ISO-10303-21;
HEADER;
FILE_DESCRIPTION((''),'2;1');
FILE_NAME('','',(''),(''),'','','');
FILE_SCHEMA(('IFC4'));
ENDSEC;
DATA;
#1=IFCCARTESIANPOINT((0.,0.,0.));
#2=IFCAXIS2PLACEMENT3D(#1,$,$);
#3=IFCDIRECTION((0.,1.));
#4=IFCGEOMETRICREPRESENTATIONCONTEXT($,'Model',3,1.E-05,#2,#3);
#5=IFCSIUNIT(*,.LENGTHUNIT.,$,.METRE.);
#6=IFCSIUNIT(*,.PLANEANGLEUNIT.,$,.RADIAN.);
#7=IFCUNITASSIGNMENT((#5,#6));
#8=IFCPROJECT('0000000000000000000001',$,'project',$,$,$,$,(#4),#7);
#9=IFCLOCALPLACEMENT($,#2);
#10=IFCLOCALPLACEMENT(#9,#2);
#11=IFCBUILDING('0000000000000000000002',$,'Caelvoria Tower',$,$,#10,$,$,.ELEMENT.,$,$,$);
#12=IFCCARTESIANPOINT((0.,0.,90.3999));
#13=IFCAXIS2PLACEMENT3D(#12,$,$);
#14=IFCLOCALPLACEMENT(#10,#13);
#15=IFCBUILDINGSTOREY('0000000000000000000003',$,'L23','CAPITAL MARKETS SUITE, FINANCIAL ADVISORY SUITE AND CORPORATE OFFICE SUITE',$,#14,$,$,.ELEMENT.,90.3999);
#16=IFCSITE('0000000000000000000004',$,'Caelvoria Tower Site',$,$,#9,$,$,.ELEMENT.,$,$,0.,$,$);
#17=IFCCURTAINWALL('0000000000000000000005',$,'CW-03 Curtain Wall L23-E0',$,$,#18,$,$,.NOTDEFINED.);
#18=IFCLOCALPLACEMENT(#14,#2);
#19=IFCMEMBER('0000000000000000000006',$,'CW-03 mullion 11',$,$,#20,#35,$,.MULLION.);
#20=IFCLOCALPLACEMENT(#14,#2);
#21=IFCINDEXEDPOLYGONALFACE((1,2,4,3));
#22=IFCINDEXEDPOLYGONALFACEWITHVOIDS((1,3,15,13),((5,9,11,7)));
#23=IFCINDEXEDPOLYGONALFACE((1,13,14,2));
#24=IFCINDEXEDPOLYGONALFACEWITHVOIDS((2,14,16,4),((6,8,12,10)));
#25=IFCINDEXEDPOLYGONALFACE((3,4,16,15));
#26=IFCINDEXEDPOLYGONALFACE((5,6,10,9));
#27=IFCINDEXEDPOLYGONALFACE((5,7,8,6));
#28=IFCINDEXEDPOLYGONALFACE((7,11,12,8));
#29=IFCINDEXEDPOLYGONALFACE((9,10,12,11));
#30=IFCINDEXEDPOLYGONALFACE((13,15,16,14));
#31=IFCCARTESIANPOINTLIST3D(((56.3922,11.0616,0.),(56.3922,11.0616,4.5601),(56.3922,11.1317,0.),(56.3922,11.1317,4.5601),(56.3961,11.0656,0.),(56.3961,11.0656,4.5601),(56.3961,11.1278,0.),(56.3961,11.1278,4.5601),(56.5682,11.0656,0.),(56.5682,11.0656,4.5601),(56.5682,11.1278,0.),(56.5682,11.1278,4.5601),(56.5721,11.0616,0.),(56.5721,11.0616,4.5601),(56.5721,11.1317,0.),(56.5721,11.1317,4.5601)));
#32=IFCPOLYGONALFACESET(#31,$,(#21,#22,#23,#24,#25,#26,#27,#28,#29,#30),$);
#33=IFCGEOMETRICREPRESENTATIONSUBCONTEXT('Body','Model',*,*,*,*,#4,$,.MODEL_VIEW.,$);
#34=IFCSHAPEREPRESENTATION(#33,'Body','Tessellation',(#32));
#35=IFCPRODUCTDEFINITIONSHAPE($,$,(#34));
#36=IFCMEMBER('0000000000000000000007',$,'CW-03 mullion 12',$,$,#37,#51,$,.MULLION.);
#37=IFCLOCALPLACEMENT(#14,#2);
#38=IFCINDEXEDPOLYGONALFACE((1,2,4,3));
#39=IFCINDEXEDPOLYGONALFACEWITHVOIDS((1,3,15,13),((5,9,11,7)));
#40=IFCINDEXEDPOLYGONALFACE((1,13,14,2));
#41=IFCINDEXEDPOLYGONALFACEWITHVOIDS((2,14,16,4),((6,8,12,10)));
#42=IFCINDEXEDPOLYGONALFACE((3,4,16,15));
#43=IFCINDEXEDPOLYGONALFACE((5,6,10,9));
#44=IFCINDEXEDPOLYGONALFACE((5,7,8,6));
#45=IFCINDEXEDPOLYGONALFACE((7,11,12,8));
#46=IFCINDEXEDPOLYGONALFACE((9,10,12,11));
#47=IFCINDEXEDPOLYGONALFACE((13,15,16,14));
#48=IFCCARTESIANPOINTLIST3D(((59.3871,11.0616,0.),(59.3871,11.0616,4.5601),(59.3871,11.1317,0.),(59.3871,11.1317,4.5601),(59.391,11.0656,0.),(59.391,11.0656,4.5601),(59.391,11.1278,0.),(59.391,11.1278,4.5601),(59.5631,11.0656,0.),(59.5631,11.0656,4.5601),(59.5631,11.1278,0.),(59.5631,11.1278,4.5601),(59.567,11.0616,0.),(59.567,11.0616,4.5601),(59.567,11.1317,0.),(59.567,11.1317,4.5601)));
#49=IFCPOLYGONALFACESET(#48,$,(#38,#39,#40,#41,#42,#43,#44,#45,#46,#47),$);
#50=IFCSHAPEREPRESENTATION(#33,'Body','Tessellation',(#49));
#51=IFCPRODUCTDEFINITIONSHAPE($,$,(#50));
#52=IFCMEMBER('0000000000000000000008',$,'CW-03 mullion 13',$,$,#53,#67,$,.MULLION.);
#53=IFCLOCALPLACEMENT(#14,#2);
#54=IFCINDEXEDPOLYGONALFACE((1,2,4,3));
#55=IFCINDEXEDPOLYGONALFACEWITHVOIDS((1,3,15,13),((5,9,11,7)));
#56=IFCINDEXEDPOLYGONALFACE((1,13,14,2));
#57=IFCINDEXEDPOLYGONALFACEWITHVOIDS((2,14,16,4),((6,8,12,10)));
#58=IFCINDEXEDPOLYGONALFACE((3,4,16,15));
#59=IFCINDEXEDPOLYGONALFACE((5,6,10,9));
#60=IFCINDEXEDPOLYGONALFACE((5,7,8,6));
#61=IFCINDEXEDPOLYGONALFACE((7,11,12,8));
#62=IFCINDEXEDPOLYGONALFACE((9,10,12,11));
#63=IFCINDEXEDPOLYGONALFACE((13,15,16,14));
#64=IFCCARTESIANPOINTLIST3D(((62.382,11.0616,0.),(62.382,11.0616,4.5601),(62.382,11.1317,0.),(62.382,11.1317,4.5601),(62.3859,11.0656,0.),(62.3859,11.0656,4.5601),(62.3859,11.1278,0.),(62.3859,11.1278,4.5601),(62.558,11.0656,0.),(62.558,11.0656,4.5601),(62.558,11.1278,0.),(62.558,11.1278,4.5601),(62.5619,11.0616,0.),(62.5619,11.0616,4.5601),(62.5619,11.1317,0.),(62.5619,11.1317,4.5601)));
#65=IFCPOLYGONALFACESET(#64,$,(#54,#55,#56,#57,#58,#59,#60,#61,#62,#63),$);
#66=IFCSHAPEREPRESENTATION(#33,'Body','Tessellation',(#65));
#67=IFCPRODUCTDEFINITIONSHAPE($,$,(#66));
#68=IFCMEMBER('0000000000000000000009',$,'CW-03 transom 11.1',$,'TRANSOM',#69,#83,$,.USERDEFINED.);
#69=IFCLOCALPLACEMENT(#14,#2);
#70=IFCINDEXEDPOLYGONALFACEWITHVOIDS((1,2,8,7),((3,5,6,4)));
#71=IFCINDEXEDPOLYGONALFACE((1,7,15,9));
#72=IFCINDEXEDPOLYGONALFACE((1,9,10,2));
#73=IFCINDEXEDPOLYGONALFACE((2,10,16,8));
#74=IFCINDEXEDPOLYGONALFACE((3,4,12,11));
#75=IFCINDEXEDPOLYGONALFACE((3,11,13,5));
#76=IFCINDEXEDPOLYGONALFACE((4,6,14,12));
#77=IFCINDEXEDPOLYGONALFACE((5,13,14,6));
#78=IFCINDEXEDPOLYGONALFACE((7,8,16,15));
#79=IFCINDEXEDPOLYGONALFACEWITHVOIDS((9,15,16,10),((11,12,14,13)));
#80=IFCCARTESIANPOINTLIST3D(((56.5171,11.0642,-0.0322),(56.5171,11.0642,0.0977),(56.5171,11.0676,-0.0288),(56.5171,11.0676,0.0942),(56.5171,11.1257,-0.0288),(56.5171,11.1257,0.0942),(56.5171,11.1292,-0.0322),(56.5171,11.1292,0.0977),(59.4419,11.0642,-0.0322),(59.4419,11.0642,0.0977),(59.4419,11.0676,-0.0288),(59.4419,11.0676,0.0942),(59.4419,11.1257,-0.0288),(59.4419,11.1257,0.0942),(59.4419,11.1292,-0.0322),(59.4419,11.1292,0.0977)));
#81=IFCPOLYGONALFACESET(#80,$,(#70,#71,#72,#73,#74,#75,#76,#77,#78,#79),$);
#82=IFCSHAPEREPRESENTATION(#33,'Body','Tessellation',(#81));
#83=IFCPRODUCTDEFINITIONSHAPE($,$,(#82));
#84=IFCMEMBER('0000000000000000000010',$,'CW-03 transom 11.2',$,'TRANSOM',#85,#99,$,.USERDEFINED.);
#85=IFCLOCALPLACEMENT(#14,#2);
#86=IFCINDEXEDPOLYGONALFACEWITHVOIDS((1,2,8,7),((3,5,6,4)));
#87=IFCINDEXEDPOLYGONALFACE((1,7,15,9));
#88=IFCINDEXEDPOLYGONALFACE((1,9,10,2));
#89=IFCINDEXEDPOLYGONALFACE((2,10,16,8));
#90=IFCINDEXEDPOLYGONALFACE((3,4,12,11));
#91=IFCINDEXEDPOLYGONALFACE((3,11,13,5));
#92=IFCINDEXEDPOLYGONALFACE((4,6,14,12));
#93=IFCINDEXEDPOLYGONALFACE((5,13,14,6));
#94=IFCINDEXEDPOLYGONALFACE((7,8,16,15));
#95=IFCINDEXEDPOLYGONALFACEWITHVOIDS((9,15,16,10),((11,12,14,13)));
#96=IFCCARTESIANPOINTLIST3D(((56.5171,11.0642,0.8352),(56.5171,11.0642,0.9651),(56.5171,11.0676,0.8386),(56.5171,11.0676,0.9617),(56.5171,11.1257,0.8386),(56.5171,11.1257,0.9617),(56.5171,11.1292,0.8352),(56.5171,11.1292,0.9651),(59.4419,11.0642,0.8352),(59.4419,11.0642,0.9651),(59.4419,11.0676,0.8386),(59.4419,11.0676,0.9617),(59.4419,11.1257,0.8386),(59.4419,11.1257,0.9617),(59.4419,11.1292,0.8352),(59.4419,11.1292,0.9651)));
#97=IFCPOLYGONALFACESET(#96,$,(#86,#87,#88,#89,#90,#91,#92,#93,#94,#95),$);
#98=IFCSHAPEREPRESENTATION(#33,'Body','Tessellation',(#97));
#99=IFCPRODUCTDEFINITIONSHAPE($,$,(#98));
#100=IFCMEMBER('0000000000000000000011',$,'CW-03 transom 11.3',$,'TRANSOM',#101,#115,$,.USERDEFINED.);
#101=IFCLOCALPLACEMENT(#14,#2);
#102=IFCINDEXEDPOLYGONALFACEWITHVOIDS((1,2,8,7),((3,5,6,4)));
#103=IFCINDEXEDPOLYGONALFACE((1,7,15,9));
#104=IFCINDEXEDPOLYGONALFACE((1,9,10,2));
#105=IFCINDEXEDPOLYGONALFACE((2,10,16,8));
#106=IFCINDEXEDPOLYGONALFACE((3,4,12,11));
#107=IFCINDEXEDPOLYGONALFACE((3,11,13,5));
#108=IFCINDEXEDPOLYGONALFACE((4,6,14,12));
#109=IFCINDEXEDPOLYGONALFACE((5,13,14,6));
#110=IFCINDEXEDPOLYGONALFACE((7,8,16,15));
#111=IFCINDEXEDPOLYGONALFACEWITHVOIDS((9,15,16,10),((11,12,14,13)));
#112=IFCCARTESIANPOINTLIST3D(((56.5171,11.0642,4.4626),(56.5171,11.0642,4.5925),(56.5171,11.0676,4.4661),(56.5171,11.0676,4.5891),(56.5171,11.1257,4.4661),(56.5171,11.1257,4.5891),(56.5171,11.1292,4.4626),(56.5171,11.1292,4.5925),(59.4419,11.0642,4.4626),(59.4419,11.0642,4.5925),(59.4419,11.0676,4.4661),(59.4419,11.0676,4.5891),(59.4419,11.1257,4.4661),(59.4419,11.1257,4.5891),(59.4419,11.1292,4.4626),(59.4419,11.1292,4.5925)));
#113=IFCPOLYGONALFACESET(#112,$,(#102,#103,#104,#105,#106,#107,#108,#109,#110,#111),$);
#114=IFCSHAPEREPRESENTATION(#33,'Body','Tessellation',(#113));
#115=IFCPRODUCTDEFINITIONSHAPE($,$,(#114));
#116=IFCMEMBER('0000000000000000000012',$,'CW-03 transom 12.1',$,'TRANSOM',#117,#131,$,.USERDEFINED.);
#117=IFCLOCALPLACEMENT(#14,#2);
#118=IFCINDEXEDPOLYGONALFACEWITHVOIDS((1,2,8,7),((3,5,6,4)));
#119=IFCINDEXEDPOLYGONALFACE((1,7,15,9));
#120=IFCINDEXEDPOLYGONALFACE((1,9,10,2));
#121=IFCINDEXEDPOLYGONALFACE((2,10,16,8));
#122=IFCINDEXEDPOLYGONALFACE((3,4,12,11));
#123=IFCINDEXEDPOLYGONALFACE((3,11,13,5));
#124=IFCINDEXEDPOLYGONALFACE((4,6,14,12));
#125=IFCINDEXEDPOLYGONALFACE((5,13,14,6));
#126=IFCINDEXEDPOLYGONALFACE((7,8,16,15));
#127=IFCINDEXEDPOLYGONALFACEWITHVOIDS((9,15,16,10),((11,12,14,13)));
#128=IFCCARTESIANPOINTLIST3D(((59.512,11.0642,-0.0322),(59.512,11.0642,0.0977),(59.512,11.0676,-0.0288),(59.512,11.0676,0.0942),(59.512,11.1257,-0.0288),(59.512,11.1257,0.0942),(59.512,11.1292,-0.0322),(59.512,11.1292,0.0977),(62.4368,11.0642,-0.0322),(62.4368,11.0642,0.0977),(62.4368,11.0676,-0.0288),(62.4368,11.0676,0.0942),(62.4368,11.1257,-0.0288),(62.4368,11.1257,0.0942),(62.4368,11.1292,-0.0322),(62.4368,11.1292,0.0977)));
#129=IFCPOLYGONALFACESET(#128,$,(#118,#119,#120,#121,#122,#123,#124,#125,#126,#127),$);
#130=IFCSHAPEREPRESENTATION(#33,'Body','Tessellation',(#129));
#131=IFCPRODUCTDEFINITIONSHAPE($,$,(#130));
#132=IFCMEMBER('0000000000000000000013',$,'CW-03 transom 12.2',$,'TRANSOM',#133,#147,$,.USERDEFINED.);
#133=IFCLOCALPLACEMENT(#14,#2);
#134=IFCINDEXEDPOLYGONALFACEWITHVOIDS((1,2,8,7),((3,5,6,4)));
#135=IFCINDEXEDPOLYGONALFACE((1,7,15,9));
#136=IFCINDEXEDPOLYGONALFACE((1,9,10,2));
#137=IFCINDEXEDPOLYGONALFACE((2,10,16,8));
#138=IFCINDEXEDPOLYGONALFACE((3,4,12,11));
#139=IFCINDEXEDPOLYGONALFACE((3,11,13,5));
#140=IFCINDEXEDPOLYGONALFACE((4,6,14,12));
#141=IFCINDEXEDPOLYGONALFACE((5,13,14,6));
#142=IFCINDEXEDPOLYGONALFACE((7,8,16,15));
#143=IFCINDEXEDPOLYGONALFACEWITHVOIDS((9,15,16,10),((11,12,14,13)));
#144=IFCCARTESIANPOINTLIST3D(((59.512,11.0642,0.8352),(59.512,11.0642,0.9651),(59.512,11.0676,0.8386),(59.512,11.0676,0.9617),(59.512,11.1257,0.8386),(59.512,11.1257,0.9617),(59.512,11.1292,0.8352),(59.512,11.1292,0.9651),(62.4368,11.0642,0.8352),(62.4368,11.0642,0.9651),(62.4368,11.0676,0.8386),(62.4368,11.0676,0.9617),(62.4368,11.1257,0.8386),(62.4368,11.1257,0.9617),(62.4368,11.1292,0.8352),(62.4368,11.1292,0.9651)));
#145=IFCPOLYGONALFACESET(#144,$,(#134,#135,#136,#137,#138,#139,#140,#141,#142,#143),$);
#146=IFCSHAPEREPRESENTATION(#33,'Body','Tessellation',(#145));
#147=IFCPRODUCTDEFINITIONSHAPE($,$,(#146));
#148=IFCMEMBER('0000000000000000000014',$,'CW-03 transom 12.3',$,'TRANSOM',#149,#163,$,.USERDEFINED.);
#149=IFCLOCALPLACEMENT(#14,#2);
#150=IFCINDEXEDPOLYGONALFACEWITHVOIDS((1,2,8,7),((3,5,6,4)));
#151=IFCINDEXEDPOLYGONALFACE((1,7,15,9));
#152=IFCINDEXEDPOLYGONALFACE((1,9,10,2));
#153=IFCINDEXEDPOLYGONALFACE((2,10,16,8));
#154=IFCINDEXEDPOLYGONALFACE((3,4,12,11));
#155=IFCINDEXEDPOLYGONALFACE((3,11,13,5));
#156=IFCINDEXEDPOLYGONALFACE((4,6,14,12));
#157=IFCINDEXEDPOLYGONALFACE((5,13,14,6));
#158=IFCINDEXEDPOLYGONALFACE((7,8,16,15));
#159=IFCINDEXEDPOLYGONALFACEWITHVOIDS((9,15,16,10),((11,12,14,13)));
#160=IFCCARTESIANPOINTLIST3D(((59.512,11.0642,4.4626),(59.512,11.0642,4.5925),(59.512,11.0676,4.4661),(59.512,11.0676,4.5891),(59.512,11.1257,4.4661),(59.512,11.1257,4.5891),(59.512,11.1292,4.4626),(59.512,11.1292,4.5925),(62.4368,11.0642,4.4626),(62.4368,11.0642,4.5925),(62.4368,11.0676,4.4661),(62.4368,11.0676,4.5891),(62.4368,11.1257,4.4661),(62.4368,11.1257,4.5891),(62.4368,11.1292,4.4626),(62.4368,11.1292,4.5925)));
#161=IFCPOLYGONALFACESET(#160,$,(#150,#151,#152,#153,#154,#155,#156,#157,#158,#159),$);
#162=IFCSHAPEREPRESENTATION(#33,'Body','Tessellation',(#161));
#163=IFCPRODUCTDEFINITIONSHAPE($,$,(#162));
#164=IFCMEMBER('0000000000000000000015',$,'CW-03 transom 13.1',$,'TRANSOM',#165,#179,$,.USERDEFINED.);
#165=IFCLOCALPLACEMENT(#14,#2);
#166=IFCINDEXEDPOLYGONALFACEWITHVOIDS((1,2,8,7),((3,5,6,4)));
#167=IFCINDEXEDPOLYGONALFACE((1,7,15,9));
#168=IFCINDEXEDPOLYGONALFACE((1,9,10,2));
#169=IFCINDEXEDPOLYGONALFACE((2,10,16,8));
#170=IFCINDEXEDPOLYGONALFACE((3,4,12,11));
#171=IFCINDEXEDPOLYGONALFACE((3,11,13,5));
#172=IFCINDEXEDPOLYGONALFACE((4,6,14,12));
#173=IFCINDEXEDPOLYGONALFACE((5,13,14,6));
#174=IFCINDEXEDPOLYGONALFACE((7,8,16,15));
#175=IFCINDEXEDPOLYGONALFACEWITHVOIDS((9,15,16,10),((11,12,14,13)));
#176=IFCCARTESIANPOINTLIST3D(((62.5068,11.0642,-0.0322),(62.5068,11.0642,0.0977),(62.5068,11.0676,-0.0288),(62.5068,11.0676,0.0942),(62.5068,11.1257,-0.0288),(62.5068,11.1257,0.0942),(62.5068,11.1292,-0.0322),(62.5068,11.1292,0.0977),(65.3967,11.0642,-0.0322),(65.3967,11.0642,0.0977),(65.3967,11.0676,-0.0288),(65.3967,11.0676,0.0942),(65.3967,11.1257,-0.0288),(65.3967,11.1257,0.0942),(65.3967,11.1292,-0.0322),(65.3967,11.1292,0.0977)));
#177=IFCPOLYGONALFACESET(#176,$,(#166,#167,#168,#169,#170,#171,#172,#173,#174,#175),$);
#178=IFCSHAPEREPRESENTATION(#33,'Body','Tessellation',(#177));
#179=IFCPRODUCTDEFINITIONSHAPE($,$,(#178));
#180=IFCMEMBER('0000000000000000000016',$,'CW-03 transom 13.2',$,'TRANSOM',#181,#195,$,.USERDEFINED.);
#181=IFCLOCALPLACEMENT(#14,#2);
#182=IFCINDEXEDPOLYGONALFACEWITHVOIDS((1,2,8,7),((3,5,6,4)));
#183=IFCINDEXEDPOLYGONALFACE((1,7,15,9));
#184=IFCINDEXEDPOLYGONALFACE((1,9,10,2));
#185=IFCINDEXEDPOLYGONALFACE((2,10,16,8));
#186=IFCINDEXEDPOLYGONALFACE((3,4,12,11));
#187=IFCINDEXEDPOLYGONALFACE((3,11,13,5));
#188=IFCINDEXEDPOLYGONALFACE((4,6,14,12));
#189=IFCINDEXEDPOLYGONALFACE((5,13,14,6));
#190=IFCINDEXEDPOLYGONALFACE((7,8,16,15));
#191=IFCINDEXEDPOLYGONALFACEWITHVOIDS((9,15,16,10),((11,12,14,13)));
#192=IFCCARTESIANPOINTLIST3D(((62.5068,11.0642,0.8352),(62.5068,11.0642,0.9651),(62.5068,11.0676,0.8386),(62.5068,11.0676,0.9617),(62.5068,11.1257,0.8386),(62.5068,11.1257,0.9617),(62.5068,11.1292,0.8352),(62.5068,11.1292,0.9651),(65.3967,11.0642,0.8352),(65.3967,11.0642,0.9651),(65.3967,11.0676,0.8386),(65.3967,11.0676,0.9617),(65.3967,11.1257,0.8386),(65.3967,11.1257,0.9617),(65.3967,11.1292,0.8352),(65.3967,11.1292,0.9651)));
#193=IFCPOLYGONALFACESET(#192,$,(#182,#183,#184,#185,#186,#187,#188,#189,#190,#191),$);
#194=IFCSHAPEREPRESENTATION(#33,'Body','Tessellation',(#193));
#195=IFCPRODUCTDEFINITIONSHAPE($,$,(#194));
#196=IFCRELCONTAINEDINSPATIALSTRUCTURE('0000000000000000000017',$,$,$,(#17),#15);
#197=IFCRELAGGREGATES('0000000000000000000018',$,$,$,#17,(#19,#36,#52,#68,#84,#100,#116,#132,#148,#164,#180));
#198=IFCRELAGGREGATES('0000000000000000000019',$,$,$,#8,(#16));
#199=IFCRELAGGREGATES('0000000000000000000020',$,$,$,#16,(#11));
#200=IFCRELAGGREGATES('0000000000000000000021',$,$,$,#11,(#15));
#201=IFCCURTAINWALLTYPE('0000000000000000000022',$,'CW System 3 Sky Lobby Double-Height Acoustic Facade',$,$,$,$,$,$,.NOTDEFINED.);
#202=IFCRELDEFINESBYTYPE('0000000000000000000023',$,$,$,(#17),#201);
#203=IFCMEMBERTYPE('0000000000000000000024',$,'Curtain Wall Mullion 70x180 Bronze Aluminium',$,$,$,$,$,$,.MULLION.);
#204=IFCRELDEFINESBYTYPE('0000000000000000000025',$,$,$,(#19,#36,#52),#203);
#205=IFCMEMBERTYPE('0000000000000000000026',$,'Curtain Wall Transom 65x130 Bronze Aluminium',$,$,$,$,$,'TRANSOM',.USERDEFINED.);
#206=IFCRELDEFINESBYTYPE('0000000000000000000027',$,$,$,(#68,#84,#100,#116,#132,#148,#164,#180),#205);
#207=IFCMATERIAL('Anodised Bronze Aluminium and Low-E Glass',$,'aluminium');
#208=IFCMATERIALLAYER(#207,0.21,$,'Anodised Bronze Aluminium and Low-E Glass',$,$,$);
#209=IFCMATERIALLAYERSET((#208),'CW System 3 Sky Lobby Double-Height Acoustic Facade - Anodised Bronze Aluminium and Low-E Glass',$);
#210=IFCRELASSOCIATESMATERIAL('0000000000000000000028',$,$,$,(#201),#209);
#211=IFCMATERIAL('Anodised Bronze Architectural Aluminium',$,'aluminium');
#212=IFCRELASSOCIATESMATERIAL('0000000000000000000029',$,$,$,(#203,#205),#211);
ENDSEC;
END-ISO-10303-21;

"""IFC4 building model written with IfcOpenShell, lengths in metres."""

from ifc_helpers import new_model, si_unit, direction, frame, origin, origin_2d, place, context, subcontext, project, spatial, hollow_rectangle, extrude, material, layer, layer_set, material_profile, profile_set, type_object, element, aggregate, save


model = new_model("IFC4")

# Units and contexts
model_context = context("Model", 3, precision=1e-05, world=origin(), true_north=direction((0.0, 1.0)))
body_context = subcontext(model_context, "Body", "Model", "MODEL_VIEW")
ifc_project = project(units=[si_unit("LENGTHUNIT", "METRE"), si_unit("PLANEANGLEUNIT", "RADIAN")], contexts=[model_context])

# Site, building, storey
site_placement = place(None, origin())
site = spatial("IfcSite", under=ifc_project, at=site_placement, Name="Caelvoria Tower Site", CompositionType="ELEMENT", RefElevation=0.0)
building_placement = place(site_placement, origin())
building = spatial("IfcBuilding", under=site, at=building_placement, Name="Caelvoria Tower", CompositionType="ELEMENT")
storey_placement = place(building_placement, frame((0.0, 0.0, 90.3999)))
storey = spatial("IfcBuildingStorey", under=building, at=storey_placement, Name="L23", Description="CAPITAL MARKETS SUITE, FINANCIAL ADVISORY SUITE AND CORPORATE OFFICE SUITE", CompositionType="ELEMENT", Elevation=90.3999)

# Curtain wall, members
ifc_material_1 = material(Name="Anodised Bronze Aluminium and Low-E Glass", Category="aluminium")
ifc_layer_1 = layer(ifc_material_1, 0.21, Name="Anodised Bronze Aluminium and Low-E Glass")
ifc_layer_set_1 = layer_set([ifc_layer_1], Name="CW System 3 Sky Lobby Double-Height Acoustic Facade - Anodised Bronze Aluminium and Low-E Glass")
curtain_wall_type = type_object("IfcCurtainWallType", Name="CW System 3 Sky Lobby Double-Height Acoustic Facade", PredefinedType="NOTDEFINED", material=ifc_layer_set_1)
curtain_wall_placement = place(storey_placement, origin())
curtain_wall = element("IfcCurtainWall", 1, at=curtain_wall_placement, inside=storey, type_object=curtain_wall_type, Name="CW-03 Curtain Wall L23-E0", PredefinedType="NOTDEFINED")
ifc_material_2 = material(Name="Anodised Bronze Architectural Aluminium", Category="aluminium")
ifc_material_profile_1 = material_profile(ifc_material_2, hollow_rectangle(XDim=0.0701, YDim=0.1799, WallThickness=0.0039, at=origin_2d()), Name="Anodised Bronze Architectural Aluminium")
ifc_profile_set_1 = profile_set([ifc_material_profile_1], Name="CW_MULL_70X180 - Anodised Bronze Architectural Aluminium")
member_type_1 = type_object("IfcMemberType", Name="Curtain Wall Mullion 70x180 Bronze Aluminium", PredefinedType="MULLION", material=ifc_profile_set_1)
member_1_placement = place(storey_placement, frame((56.4822, 11.0967, 0.0), z_axis=(0.0, 0.0, 1.0), x_axis=(0.0, 1.0, 0.0)))
member_1 = element("IfcMember", 2, at=member_1_placement, type_object=member_type_1, Name="CW-03 mullion 11", PredefinedType="MULLION", context=body_context, shape_type="SweptSolid", body=[
    extrude(hollow_rectangle(XDim=0.0701, YDim=0.1799, WallThickness=0.0039, at=origin_2d()), origin(), (0.0, 0.0, 1.0), 4.5601),
])
member_2_placement = place(storey_placement, frame((59.4771, 11.0967, 0.0), z_axis=(0.0, 0.0, 1.0), x_axis=(0.0, 1.0, 0.0)))
member_2 = element("IfcMember", 3, at=member_2_placement, type_object=member_type_1, Name="CW-03 mullion 12", PredefinedType="MULLION", context=body_context, shape_type="SweptSolid", body=[
    extrude(hollow_rectangle(XDim=0.0701, YDim=0.1799, WallThickness=0.0039, at=origin_2d()), origin(), (0.0, 0.0, 1.0), 4.5601),
])
member_3_placement = place(storey_placement, frame((62.4719, 11.0967, 0.0), z_axis=(0.0, 0.0, 1.0), x_axis=(0.0, 1.0, 0.0)))
member_3 = element("IfcMember", 4, at=member_3_placement, type_object=member_type_1, Name="CW-03 mullion 13", PredefinedType="MULLION", context=body_context, shape_type="SweptSolid", body=[
    extrude(hollow_rectangle(XDim=0.0701, YDim=0.1799, WallThickness=0.0039, at=origin_2d()), origin(), (0.0, 0.0, 1.0), 4.5601),
])
ifc_material_profile_2 = material_profile(ifc_material_2, hollow_rectangle(XDim=0.0649, YDim=0.1299, WallThickness=0.0034, at=origin_2d()), Name="Anodised Bronze Architectural Aluminium")
ifc_profile_set_2 = profile_set([ifc_material_profile_2], Name="CW_TRAN_65X130 - Anodised Bronze Architectural Aluminium")
member_type_2 = type_object("IfcMemberType", Name="Curtain Wall Transom 65x130 Bronze Aluminium", ElementType="TRANSOM", PredefinedType="USERDEFINED", material=ifc_profile_set_2)
member_4_placement = place(storey_placement, frame((56.5171, 11.0967, 0.0327), z_axis=(1.0, 0.0, 0.0), x_axis=(0.0, 1.0, 0.0)))
member_4 = element("IfcMember", 5, at=member_4_placement, type_object=member_type_2, Name="CW-03 transom 11.1", ObjectType="TRANSOM", PredefinedType="USERDEFINED", context=body_context, shape_type="SweptSolid", body=[
    extrude(hollow_rectangle(XDim=0.0649, YDim=0.1299, WallThickness=0.0034, at=origin_2d()), origin(), (0.0, 0.0, 1.0), 2.9248),
])
member_5_placement = place(storey_placement, frame((56.5171, 11.0967, 0.9001), z_axis=(1.0, 0.0, 0.0), x_axis=(0.0, 1.0, 0.0)))
member_5 = element("IfcMember", 6, at=member_5_placement, type_object=member_type_2, Name="CW-03 transom 11.2", ObjectType="TRANSOM", PredefinedType="USERDEFINED", context=body_context, shape_type="SweptSolid", body=[
    extrude(hollow_rectangle(XDim=0.0649, YDim=0.1299, WallThickness=0.0034, at=origin_2d()), origin(), (0.0, 0.0, 1.0), 2.9248),
])
member_6_placement = place(storey_placement, frame((56.5171, 11.0967, 4.5276), z_axis=(1.0, 0.0, 0.0), x_axis=(0.0, 1.0, 0.0)))
member_6 = element("IfcMember", 7, at=member_6_placement, type_object=member_type_2, Name="CW-03 transom 11.3", ObjectType="TRANSOM", PredefinedType="USERDEFINED", context=body_context, shape_type="SweptSolid", body=[
    extrude(hollow_rectangle(XDim=0.0649, YDim=0.1299, WallThickness=0.0034, at=origin_2d()), origin(), (0.0, 0.0, 1.0), 2.9248),
])
member_7_placement = place(storey_placement, frame((59.512, 11.0967, 0.0327), z_axis=(1.0, 0.0, 0.0), x_axis=(0.0, 1.0, 0.0)))
member_7 = element("IfcMember", 8, at=member_7_placement, type_object=member_type_2, Name="CW-03 transom 12.1", ObjectType="TRANSOM", PredefinedType="USERDEFINED", context=body_context, shape_type="SweptSolid", body=[
    extrude(hollow_rectangle(XDim=0.0649, YDim=0.1299, WallThickness=0.0034, at=origin_2d()), origin(), (0.0, 0.0, 1.0), 2.9248),
])
member_8_placement = place(storey_placement, frame((59.512, 11.0967, 0.9001), z_axis=(1.0, 0.0, 0.0), x_axis=(0.0, 1.0, 0.0)))
member_8 = element("IfcMember", 9, at=member_8_placement, type_object=member_type_2, Name="CW-03 transom 12.2", ObjectType="TRANSOM", PredefinedType="USERDEFINED", context=body_context, shape_type="SweptSolid", body=[
    extrude(hollow_rectangle(XDim=0.0649, YDim=0.1299, WallThickness=0.0034, at=origin_2d()), origin(), (0.0, 0.0, 1.0), 2.9248),
])
member_9_placement = place(storey_placement, frame((59.512, 11.0967, 4.5276), z_axis=(1.0, 0.0, 0.0), x_axis=(0.0, 1.0, 0.0)))
member_9 = element("IfcMember", 10, at=member_9_placement, type_object=member_type_2, Name="CW-03 transom 12.3", ObjectType="TRANSOM", PredefinedType="USERDEFINED", context=body_context, shape_type="SweptSolid", body=[
    extrude(hollow_rectangle(XDim=0.0649, YDim=0.1299, WallThickness=0.0034, at=origin_2d()), origin(), (0.0, 0.0, 1.0), 2.9248),
])
member_10_placement = place(storey_placement, frame((62.5068, 11.0967, 0.0327), z_axis=(1.0, 0.0, 0.0), x_axis=(0.0, 1.0, 0.0)))
member_10 = element("IfcMember", 11, at=member_10_placement, type_object=member_type_2, Name="CW-03 transom 13.1", ObjectType="TRANSOM", PredefinedType="USERDEFINED", context=body_context, shape_type="SweptSolid", body=[
    extrude(hollow_rectangle(XDim=0.0649, YDim=0.1299, WallThickness=0.0034, at=origin_2d()), origin(), (0.0, 0.0, 1.0), 2.8899),
])
member_11_placement = place(storey_placement, frame((62.5068, 11.0967, 0.9001), z_axis=(1.0, 0.0, 0.0), x_axis=(0.0, 1.0, 0.0)))
member_11 = element("IfcMember", 12, at=member_11_placement, type_object=member_type_2, Name="CW-03 transom 13.2", ObjectType="TRANSOM", PredefinedType="USERDEFINED", context=body_context, shape_type="SweptSolid", body=[
    extrude(hollow_rectangle(XDim=0.0649, YDim=0.1299, WallThickness=0.0034, at=origin_2d()), origin(), (0.0, 0.0, 1.0), 2.8899),
])
aggregate(curtain_wall, [member_1, member_2, member_3, member_4, member_5, member_6, member_7, member_8, member_9, member_10, member_11])

save(model, "model.ifc")
